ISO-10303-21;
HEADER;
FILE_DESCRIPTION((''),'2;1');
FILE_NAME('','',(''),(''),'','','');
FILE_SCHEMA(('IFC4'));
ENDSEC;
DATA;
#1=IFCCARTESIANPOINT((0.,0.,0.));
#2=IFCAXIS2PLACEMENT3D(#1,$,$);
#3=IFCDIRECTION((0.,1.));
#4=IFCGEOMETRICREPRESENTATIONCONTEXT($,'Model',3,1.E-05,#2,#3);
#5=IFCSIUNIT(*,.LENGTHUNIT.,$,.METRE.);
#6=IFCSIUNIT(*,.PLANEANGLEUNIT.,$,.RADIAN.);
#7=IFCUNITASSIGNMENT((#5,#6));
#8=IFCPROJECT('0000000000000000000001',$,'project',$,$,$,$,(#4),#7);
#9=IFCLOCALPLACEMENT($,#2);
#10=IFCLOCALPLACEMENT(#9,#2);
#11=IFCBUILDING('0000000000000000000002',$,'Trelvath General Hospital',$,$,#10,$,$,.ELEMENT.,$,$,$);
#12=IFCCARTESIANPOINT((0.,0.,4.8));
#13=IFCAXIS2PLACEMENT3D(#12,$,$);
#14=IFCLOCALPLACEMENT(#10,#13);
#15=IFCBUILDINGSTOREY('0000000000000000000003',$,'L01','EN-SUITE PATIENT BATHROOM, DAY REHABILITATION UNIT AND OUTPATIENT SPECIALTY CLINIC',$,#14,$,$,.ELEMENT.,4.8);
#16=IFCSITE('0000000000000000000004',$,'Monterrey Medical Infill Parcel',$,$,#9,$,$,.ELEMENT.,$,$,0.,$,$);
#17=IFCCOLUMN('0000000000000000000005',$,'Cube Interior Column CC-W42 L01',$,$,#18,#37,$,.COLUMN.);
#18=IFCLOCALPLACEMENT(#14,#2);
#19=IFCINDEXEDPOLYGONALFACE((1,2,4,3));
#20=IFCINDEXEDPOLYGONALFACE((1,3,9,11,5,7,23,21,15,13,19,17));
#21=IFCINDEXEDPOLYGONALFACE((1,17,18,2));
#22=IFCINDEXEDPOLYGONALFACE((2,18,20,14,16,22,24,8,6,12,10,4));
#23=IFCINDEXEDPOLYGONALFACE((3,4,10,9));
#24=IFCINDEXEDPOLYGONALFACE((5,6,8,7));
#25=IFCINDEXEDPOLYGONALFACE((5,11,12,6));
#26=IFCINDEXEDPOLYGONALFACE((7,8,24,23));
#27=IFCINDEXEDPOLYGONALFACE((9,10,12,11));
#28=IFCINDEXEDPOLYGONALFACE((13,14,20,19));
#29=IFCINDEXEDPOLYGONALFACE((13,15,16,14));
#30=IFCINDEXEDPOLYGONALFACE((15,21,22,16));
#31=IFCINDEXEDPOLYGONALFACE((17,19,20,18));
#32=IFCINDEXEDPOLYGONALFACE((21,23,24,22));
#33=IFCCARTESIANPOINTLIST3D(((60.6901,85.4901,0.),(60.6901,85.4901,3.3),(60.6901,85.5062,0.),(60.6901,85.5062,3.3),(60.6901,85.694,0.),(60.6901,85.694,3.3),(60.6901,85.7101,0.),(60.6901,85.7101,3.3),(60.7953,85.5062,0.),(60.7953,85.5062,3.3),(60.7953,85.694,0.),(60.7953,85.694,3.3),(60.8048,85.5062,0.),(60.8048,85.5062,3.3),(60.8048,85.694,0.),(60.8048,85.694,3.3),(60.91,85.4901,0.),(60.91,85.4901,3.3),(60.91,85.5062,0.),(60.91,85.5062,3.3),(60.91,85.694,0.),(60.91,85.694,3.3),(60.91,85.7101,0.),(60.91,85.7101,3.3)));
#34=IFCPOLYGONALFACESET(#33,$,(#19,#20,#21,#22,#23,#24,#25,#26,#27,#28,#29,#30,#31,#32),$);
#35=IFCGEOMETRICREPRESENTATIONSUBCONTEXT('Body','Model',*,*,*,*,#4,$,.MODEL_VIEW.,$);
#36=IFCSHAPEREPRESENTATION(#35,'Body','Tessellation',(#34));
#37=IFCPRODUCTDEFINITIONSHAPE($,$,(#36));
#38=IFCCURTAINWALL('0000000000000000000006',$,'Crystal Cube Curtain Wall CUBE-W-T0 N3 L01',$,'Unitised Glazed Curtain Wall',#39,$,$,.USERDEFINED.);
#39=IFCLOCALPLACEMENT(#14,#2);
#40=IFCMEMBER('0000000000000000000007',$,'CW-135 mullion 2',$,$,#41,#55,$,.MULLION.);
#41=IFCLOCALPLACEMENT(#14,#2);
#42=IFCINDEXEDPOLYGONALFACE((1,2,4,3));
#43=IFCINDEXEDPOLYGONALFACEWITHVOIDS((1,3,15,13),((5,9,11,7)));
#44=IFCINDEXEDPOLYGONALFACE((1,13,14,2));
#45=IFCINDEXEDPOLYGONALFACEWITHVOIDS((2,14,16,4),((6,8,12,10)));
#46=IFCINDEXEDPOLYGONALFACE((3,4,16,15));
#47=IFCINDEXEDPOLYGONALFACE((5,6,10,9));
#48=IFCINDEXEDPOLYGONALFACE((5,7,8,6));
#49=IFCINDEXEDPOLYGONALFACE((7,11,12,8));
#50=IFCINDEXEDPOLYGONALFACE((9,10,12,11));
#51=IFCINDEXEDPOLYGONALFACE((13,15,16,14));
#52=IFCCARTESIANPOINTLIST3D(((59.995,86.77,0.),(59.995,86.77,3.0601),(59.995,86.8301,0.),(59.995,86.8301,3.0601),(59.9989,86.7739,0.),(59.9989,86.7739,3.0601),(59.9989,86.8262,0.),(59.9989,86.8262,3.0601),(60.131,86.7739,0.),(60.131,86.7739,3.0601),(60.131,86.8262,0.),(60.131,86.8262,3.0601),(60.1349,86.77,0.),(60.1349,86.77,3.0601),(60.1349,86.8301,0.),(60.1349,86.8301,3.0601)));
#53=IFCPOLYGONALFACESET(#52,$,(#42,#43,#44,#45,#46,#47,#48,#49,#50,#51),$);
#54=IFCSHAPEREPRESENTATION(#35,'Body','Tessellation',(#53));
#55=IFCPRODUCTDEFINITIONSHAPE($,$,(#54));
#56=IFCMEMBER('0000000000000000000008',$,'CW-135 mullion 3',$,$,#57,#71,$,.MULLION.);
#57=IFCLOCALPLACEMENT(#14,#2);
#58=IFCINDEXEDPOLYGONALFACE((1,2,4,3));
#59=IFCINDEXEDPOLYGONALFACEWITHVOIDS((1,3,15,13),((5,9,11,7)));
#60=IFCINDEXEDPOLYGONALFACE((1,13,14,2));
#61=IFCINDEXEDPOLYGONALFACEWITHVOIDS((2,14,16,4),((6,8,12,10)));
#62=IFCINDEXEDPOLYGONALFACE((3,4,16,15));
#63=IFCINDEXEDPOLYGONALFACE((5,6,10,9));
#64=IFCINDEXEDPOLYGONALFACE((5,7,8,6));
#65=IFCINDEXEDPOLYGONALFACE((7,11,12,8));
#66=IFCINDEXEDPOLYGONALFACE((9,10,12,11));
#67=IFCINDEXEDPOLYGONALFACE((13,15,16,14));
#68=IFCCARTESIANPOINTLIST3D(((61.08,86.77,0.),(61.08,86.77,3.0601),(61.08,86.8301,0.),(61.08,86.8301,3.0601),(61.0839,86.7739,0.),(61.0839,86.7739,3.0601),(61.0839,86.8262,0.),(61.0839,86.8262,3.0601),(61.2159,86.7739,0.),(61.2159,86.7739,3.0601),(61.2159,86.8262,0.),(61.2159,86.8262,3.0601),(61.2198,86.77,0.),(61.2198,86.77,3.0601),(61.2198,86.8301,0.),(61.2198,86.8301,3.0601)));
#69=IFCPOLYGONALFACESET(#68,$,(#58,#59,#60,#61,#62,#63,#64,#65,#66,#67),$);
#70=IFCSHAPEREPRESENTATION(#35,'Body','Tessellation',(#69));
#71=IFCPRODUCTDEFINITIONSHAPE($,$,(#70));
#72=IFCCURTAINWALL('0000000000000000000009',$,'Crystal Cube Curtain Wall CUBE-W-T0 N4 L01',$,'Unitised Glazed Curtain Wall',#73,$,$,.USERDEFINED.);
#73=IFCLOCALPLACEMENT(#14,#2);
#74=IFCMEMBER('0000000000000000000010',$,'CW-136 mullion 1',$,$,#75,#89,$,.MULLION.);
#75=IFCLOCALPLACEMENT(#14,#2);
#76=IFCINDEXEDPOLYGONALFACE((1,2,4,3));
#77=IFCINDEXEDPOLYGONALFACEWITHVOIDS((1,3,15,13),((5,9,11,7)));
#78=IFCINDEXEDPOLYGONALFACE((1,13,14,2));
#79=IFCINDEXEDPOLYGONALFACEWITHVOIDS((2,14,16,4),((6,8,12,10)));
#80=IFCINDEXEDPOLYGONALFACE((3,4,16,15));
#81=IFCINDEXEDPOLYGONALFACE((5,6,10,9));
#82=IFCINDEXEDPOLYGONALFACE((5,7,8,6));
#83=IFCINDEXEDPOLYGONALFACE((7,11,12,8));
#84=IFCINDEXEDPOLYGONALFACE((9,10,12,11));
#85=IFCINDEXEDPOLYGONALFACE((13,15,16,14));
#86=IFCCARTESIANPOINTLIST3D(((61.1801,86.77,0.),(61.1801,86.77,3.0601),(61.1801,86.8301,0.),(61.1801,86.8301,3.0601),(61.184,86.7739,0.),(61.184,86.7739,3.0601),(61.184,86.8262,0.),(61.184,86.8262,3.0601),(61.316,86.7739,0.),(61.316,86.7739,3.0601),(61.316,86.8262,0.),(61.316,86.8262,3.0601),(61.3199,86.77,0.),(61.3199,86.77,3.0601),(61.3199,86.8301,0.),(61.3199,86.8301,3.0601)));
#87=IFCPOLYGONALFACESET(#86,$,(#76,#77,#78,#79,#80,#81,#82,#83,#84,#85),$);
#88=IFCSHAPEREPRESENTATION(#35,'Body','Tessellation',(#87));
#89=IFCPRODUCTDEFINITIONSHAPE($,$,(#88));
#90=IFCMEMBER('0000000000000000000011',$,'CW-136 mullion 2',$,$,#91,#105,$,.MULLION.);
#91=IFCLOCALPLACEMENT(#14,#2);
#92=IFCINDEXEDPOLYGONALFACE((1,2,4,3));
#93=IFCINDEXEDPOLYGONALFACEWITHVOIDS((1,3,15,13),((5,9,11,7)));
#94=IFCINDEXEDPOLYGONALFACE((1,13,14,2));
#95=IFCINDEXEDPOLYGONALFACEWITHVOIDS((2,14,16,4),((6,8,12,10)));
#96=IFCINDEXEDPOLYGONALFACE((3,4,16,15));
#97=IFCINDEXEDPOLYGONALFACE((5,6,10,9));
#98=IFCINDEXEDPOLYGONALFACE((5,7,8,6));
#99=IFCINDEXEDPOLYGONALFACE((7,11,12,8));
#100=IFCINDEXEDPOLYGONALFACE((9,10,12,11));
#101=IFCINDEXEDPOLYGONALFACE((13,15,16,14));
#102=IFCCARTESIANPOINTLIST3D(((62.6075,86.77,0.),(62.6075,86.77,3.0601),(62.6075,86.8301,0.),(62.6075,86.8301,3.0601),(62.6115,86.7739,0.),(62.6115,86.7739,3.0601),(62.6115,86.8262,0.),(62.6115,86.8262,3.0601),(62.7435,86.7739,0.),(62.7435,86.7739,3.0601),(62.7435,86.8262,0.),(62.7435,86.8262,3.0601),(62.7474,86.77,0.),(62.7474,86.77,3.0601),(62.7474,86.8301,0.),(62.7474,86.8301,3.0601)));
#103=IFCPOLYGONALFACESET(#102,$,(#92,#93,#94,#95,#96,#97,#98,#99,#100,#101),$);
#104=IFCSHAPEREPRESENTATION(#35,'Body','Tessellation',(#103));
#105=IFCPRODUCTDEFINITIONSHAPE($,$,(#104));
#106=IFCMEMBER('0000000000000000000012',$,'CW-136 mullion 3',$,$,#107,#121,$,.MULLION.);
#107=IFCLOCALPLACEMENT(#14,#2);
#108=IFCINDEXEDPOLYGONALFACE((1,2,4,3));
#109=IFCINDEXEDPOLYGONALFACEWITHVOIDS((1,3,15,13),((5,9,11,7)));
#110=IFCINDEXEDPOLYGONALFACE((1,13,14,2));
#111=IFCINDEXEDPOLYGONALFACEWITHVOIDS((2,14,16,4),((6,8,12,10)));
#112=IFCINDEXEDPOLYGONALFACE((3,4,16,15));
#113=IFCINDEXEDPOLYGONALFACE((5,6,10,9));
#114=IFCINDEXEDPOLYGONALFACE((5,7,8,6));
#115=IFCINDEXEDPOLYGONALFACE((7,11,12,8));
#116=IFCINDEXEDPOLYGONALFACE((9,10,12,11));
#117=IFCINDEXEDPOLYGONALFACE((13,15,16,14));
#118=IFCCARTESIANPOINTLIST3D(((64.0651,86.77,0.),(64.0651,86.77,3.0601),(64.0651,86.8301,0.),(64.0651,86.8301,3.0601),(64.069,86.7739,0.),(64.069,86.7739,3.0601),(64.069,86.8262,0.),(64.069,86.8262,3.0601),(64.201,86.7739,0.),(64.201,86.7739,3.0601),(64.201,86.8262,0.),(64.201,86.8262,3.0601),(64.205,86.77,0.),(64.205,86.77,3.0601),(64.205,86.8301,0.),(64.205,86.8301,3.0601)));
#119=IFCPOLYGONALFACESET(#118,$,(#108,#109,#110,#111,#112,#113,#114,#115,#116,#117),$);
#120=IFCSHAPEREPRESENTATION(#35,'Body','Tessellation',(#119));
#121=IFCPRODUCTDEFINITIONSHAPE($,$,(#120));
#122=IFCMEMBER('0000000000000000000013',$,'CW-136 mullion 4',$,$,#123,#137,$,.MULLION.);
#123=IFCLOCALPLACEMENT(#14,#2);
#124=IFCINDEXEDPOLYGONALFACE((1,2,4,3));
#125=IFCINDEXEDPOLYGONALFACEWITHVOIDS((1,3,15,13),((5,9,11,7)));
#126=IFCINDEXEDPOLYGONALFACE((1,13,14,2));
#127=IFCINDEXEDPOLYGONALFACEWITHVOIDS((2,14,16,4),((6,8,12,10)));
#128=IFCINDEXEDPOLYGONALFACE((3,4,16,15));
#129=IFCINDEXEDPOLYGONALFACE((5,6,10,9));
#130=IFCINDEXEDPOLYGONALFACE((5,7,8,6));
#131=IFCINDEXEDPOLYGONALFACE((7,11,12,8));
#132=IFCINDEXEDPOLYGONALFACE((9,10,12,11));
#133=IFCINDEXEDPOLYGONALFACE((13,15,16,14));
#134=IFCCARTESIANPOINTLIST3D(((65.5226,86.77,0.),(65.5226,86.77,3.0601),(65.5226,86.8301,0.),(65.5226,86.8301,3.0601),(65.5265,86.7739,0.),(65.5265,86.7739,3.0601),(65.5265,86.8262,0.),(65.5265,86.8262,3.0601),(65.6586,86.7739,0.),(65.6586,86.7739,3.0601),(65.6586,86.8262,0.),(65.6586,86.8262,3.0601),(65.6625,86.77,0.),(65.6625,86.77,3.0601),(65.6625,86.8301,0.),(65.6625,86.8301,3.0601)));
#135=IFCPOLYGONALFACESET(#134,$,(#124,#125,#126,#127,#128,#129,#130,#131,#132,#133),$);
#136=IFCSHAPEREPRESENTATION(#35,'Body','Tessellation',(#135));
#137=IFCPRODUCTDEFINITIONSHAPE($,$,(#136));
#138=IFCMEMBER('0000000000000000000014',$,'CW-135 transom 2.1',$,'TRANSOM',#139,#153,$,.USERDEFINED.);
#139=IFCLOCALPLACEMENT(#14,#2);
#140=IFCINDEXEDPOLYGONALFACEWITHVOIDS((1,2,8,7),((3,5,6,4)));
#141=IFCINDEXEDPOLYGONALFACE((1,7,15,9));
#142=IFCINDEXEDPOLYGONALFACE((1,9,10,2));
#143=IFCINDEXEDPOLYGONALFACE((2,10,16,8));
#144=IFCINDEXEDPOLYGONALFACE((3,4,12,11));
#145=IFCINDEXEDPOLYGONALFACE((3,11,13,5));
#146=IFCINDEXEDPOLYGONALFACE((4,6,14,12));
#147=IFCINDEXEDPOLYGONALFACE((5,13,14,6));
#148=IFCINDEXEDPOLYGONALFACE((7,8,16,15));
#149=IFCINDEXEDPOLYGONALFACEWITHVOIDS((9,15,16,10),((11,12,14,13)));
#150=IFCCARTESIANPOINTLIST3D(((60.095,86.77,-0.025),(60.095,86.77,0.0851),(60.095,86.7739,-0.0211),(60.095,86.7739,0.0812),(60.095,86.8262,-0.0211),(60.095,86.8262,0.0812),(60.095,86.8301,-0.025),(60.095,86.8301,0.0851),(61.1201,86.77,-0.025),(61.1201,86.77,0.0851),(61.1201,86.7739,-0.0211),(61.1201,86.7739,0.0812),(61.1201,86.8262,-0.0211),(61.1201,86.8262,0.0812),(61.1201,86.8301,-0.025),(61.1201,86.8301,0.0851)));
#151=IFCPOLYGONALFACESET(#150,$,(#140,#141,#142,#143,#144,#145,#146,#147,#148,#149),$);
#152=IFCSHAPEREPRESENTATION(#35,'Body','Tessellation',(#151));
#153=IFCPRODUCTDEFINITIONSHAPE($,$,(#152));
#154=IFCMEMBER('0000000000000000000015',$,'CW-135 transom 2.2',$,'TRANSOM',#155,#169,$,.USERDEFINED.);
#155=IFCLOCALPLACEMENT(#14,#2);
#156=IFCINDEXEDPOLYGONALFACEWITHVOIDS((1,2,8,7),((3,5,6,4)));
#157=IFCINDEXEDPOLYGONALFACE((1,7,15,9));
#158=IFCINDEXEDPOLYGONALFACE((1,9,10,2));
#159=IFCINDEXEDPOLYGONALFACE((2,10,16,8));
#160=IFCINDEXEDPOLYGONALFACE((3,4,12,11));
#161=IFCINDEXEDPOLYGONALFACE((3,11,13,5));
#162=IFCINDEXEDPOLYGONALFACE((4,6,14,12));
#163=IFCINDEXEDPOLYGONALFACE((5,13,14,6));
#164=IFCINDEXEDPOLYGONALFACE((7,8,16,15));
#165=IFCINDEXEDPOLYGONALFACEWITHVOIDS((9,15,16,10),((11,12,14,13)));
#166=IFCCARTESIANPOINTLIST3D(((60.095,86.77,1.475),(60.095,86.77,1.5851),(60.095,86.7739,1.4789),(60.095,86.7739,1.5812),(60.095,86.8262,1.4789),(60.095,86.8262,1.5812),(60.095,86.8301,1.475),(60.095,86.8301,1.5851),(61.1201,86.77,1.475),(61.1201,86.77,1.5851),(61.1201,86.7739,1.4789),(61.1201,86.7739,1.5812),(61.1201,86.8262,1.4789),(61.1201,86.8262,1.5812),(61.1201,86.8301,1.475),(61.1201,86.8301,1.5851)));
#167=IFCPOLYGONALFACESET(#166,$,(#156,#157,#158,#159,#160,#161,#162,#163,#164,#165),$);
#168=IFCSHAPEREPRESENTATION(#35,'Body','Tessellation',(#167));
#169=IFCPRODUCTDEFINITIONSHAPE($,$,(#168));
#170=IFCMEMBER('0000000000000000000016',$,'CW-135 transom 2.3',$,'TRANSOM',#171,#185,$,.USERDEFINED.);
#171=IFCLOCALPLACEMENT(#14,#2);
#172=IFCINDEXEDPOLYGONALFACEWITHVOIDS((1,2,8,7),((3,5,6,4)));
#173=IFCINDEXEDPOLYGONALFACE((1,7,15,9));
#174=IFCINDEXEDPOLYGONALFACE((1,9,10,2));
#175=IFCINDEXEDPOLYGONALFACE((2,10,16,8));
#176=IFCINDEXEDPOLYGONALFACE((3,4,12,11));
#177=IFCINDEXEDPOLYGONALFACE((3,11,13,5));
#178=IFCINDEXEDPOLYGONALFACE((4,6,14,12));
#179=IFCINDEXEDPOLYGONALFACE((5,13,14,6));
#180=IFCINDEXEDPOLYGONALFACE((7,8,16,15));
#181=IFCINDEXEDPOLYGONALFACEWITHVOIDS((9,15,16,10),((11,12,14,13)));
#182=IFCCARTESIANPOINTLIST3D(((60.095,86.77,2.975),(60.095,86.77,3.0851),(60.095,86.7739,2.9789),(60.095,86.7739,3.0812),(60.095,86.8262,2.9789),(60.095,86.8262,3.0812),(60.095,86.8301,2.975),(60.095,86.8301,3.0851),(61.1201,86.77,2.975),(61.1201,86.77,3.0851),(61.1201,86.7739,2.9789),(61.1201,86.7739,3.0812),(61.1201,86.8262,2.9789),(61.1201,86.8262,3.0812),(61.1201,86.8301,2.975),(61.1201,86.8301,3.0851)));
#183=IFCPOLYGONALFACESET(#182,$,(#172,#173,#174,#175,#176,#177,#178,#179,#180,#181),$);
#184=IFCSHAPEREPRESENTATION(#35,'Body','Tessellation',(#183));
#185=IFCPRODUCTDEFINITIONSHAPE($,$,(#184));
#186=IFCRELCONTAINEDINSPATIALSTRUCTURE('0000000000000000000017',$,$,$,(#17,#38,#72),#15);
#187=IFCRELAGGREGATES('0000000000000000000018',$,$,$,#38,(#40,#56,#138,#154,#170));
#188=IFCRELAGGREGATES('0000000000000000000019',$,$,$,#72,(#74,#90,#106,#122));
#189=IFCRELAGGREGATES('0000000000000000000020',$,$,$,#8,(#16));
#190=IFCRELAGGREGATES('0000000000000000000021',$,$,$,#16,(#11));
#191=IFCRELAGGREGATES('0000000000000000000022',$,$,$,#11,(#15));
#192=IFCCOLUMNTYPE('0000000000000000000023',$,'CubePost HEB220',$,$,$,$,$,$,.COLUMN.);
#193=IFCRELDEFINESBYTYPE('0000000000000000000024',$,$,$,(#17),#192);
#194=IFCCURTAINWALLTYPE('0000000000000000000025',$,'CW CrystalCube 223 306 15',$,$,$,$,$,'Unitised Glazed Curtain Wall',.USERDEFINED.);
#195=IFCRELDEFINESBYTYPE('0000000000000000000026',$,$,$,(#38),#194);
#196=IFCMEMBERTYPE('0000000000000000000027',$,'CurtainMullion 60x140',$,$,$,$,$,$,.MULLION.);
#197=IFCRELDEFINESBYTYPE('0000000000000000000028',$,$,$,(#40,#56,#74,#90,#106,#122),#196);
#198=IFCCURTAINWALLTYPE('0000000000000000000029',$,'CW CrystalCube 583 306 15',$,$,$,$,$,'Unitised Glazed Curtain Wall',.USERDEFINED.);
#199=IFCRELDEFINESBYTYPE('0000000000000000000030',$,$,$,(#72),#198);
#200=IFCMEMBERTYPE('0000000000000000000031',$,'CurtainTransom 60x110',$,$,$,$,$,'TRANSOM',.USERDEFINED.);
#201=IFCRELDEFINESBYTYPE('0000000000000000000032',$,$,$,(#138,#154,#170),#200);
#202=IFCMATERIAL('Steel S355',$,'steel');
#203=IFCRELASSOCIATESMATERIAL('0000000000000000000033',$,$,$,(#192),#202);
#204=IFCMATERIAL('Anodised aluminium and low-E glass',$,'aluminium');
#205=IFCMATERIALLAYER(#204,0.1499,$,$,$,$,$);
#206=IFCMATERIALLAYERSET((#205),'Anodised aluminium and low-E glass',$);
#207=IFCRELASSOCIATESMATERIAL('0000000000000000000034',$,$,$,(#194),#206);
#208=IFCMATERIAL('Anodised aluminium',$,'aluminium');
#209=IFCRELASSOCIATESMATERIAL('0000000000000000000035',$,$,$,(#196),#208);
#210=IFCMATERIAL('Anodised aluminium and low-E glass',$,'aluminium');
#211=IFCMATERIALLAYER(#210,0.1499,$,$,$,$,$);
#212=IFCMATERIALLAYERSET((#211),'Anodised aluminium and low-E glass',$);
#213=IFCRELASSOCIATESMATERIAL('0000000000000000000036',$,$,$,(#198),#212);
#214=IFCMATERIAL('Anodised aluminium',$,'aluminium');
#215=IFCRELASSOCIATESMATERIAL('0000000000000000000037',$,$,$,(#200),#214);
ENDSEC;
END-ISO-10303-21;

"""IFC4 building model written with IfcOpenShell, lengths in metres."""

from ifc_helpers import new_model, si_unit, direction, frame, origin, origin_2d, place, context, subcontext, project, spatial, hollow_rectangle, i_section, extrude, material, layer, layer_set, material_profile, profile_set, type_object, element, aggregate, save


model = new_model("IFC4")

# Units and contexts
model_context = context("Model", 3, precision=1e-05, world=origin(), true_north=direction((0.0, 1.0)))
body_context = subcontext(model_context, "Body", "Model", "MODEL_VIEW")
ifc_project = project(units=[si_unit("LENGTHUNIT", "METRE"), si_unit("PLANEANGLEUNIT", "RADIAN")], contexts=[model_context])

# Site, building, storey
site_placement = place(None, origin())
site = spatial("IfcSite", under=ifc_project, at=site_placement, Name="Monterrey Medical Infill Parcel", CompositionType="ELEMENT", RefElevation=0.0)
building_placement = place(site_placement, origin())
building = spatial("IfcBuilding", under=site, at=building_placement, Name="Trelvath General Hospital", CompositionType="ELEMENT")
storey_placement = place(building_placement, frame((0.0, 0.0, 4.8)))
storey = spatial("IfcBuildingStorey", under=building, at=storey_placement, Name="L01", Description="EN-SUITE PATIENT BATHROOM, DAY REHABILITATION UNIT AND OUTPATIENT SPECIALTY CLINIC", CompositionType="ELEMENT", Elevation=4.8)

# Column
ifc_material_1 = material(Name="Steel S355", Category="steel")
ifc_material_profile_1 = material_profile(ifc_material_1, i_section(OverallWidth=0.22, OverallDepth=0.22, WebThickness=0.0095, FlangeThickness=0.0161, at=origin_2d()), Name="HEB220")
ifc_profile_set_1 = profile_set([ifc_material_profile_1], Name="Steel S355")
column_type = type_object("IfcColumnType", Name="CubePost HEB220", PredefinedType="COLUMN", material=ifc_profile_set_1)
column_placement = place(storey_placement, frame((60.8, 85.6001, 0.0), z_axis=(0.0, 0.0, 1.0), x_axis=(1.0, 0.0, 0.0)))
element("IfcColumn", 1, at=column_placement, inside=storey, type_object=column_type, Name="Cube Interior Column CC-W42 L01", PredefinedType="COLUMN", context=body_context, shape_type="SweptSolid", body=[
    extrude(i_section(OverallWidth=0.22, OverallDepth=0.22, WebThickness=0.0095, FlangeThickness=0.0161, at=origin_2d()), origin(), (0.0, 0.0, 1.0), 3.3),
])

# Curtain walls, members
ifc_material_2 = material(Name="Anodised aluminium and low-E glass", Category="aluminium")
ifc_layer_1 = layer(ifc_material_2, 0.1499)
ifc_layer_set_1 = layer_set([ifc_layer_1], Name="Anodised aluminium and low-E glass")
curtain_wall_type_1 = type_object("IfcCurtainWallType", Name="CW CrystalCube 223 306 15", ElementType="Unitised Glazed Curtain Wall", PredefinedType="USERDEFINED", material=ifc_layer_set_1)
curtain_wall_1_placement = place(storey_placement, origin())
curtain_wall_1 = element("IfcCurtainWall", 2, at=curtain_wall_1_placement, inside=storey, type_object=curtain_wall_type_1, Name="Crystal Cube Curtain Wall CUBE-W-T0 N3 L01", ObjectType="Unitised Glazed Curtain Wall", PredefinedType="USERDEFINED")
ifc_material_3 = material(Name="Anodised aluminium", Category="aluminium")
ifc_material_profile_2 = material_profile(ifc_material_3, hollow_rectangle(XDim=0.0601, YDim=0.1399, WallThickness=0.0039, at=origin_2d()), Name="RHS60x140x4")
ifc_profile_set_2 = profile_set([ifc_material_profile_2], Name="Anodised aluminium")
member_type_1 = type_object("IfcMemberType", Name="CurtainMullion 60x140", PredefinedType="MULLION", material=ifc_profile_set_2)
member_1_placement = place(storey_placement, frame((60.0649, 86.8, 0.0), z_axis=(0.0, 0.0, 1.0), x_axis=(0.0, 1.0, 0.0)))
member_1 = element("IfcMember", 3, at=member_1_placement, type_object=member_type_1, Name="CW-135 mullion 2", PredefinedType="MULLION", context=body_context, shape_type="SweptSolid", body=[
    extrude(hollow_rectangle(XDim=0.0601, YDim=0.1399, WallThickness=0.0039, at=origin_2d()), origin(), (0.0, 0.0, 1.0), 3.0601),
])
member_2_placement = place(storey_placement, frame((61.1499, 86.8, 0.0), z_axis=(0.0, 0.0, 1.0), x_axis=(0.0, 1.0, 0.0)))
member_2 = element("IfcMember", 4, at=member_2_placement, type_object=member_type_1, Name="CW-135 mullion 3", PredefinedType="MULLION", context=body_context, shape_type="SweptSolid", body=[
    extrude(hollow_rectangle(XDim=0.0601, YDim=0.1399, WallThickness=0.0039, at=origin_2d()), origin(), (0.0, 0.0, 1.0), 3.0601),
])
ifc_material_4 = material(Name="Anodised aluminium and low-E glass", Category="aluminium")
ifc_layer_2 = layer(ifc_material_4, 0.1499)
ifc_layer_set_2 = layer_set([ifc_layer_2], Name="Anodised aluminium and low-E glass")
curtain_wall_type_2 = type_object("IfcCurtainWallType", Name="CW CrystalCube 583 306 15", ElementType="Unitised Glazed Curtain Wall", PredefinedType="USERDEFINED", material=ifc_layer_set_2)
curtain_wall_2_placement = place(storey_placement, origin())
curtain_wall_2 = element("IfcCurtainWall", 5, at=curtain_wall_2_placement, inside=storey, type_object=curtain_wall_type_2, Name="Crystal Cube Curtain Wall CUBE-W-T0 N4 L01", ObjectType="Unitised Glazed Curtain Wall", PredefinedType="USERDEFINED")
member_3_placement = place(storey_placement, frame((61.25, 86.8, 0.0), z_axis=(0.0, 0.0, 1.0), x_axis=(0.0, 1.0, 0.0)))
member_3 = element("IfcMember", 6, at=member_3_placement, type_object=member_type_1, Name="CW-136 mullion 1", PredefinedType="MULLION", context=body_context, shape_type="SweptSolid", body=[
    extrude(hollow_rectangle(XDim=0.0601, YDim=0.1399, WallThickness=0.0039, at=origin_2d()), origin(), (0.0, 0.0, 1.0), 3.0601),
])
member_4_placement = place(storey_placement, frame((62.6775, 86.8, 0.0), z_axis=(0.0, 0.0, 1.0), x_axis=(0.0, 1.0, 0.0)))
member_4 = element("IfcMember", 7, at=member_4_placement, type_object=member_type_1, Name="CW-136 mullion 2", PredefinedType="MULLION", context=body_context, shape_type="SweptSolid", body=[
    extrude(hollow_rectangle(XDim=0.0601, YDim=0.1399, WallThickness=0.0039, at=origin_2d()), origin(), (0.0, 0.0, 1.0), 3.0601),
])
member_5_placement = place(storey_placement, frame((64.135, 86.8, 0.0), z_axis=(0.0, 0.0, 1.0), x_axis=(0.0, 1.0, 0.0)))
member_5 = element("IfcMember", 8, at=member_5_placement, type_object=member_type_1, Name="CW-136 mullion 3", PredefinedType="MULLION", context=body_context, shape_type="SweptSolid", body=[
    extrude(hollow_rectangle(XDim=0.0601, YDim=0.1399, WallThickness=0.0039, at=origin_2d()), origin(), (0.0, 0.0, 1.0), 3.0601),
])
member_6_placement = place(storey_placement, frame((65.5925, 86.8, 0.0), z_axis=(0.0, 0.0, 1.0), x_axis=(0.0, 1.0, 0.0)))
member_6 = element("IfcMember", 9, at=member_6_placement, type_object=member_type_1, Name="CW-136 mullion 4", PredefinedType="MULLION", context=body_context, shape_type="SweptSolid", body=[
    extrude(hollow_rectangle(XDim=0.0601, YDim=0.1399, WallThickness=0.0039, at=origin_2d()), origin(), (0.0, 0.0, 1.0), 3.0601),
])

# Members
ifc_material_5 = material(Name="Anodised aluminium", Category="aluminium")
ifc_material_profile_3 = material_profile(ifc_material_5, hollow_rectangle(XDim=0.0601, YDim=0.1101, WallThickness=0.0039, at=origin_2d()), Name="RHS60x110x4")
ifc_profile_set_3 = profile_set([ifc_material_profile_3], Name="Anodised aluminium")
member_type_2 = type_object("IfcMemberType", Name="CurtainTransom 60x110", ElementType="TRANSOM", PredefinedType="USERDEFINED", material=ifc_profile_set_3)
member_7_placement = place(storey_placement, frame((60.095, 86.8, 0.03), z_axis=(1.0, 0.0, 0.0), x_axis=(0.0, 1.0, 0.0)))
member_7 = element("IfcMember", 10, at=member_7_placement, type_object=member_type_2, Name="CW-135 transom 2.1", ObjectType="TRANSOM", PredefinedType="USERDEFINED", context=body_context, shape_type="SweptSolid", body=[
    extrude(hollow_rectangle(XDim=0.0601, YDim=0.1101, WallThickness=0.0039, at=origin_2d()), origin(), (0.0, 0.0, 1.0), 1.0251),
])
member_8_placement = place(storey_placement, frame((60.095, 86.8, 1.53), z_axis=(1.0, 0.0, 0.0), x_axis=(0.0, 1.0, 0.0)))
member_8 = element("IfcMember", 11, at=member_8_placement, type_object=member_type_2, Name="CW-135 transom 2.2", ObjectType="TRANSOM", PredefinedType="USERDEFINED", context=body_context, shape_type="SweptSolid", body=[
    extrude(hollow_rectangle(XDim=0.0601, YDim=0.1101, WallThickness=0.0039, at=origin_2d()), origin(), (0.0, 0.0, 1.0), 1.0251),
])
member_9_placement = place(storey_placement, frame((60.095, 86.8, 3.03), z_axis=(1.0, 0.0, 0.0), x_axis=(0.0, 1.0, 0.0)))
member_9 = element("IfcMember", 12, at=member_9_placement, type_object=member_type_2, Name="CW-135 transom 2.3", ObjectType="TRANSOM", PredefinedType="USERDEFINED", context=body_context, shape_type="SweptSolid", body=[
    extrude(hollow_rectangle(XDim=0.0601, YDim=0.1101, WallThickness=0.0039, at=origin_2d()), origin(), (0.0, 0.0, 1.0), 1.0251),
])

aggregate(curtain_wall_1, [member_1, member_2, member_7, member_8, member_9])
aggregate(curtain_wall_2, [member_3, member_4, member_5, member_6])

save(model, "model.ifc")
